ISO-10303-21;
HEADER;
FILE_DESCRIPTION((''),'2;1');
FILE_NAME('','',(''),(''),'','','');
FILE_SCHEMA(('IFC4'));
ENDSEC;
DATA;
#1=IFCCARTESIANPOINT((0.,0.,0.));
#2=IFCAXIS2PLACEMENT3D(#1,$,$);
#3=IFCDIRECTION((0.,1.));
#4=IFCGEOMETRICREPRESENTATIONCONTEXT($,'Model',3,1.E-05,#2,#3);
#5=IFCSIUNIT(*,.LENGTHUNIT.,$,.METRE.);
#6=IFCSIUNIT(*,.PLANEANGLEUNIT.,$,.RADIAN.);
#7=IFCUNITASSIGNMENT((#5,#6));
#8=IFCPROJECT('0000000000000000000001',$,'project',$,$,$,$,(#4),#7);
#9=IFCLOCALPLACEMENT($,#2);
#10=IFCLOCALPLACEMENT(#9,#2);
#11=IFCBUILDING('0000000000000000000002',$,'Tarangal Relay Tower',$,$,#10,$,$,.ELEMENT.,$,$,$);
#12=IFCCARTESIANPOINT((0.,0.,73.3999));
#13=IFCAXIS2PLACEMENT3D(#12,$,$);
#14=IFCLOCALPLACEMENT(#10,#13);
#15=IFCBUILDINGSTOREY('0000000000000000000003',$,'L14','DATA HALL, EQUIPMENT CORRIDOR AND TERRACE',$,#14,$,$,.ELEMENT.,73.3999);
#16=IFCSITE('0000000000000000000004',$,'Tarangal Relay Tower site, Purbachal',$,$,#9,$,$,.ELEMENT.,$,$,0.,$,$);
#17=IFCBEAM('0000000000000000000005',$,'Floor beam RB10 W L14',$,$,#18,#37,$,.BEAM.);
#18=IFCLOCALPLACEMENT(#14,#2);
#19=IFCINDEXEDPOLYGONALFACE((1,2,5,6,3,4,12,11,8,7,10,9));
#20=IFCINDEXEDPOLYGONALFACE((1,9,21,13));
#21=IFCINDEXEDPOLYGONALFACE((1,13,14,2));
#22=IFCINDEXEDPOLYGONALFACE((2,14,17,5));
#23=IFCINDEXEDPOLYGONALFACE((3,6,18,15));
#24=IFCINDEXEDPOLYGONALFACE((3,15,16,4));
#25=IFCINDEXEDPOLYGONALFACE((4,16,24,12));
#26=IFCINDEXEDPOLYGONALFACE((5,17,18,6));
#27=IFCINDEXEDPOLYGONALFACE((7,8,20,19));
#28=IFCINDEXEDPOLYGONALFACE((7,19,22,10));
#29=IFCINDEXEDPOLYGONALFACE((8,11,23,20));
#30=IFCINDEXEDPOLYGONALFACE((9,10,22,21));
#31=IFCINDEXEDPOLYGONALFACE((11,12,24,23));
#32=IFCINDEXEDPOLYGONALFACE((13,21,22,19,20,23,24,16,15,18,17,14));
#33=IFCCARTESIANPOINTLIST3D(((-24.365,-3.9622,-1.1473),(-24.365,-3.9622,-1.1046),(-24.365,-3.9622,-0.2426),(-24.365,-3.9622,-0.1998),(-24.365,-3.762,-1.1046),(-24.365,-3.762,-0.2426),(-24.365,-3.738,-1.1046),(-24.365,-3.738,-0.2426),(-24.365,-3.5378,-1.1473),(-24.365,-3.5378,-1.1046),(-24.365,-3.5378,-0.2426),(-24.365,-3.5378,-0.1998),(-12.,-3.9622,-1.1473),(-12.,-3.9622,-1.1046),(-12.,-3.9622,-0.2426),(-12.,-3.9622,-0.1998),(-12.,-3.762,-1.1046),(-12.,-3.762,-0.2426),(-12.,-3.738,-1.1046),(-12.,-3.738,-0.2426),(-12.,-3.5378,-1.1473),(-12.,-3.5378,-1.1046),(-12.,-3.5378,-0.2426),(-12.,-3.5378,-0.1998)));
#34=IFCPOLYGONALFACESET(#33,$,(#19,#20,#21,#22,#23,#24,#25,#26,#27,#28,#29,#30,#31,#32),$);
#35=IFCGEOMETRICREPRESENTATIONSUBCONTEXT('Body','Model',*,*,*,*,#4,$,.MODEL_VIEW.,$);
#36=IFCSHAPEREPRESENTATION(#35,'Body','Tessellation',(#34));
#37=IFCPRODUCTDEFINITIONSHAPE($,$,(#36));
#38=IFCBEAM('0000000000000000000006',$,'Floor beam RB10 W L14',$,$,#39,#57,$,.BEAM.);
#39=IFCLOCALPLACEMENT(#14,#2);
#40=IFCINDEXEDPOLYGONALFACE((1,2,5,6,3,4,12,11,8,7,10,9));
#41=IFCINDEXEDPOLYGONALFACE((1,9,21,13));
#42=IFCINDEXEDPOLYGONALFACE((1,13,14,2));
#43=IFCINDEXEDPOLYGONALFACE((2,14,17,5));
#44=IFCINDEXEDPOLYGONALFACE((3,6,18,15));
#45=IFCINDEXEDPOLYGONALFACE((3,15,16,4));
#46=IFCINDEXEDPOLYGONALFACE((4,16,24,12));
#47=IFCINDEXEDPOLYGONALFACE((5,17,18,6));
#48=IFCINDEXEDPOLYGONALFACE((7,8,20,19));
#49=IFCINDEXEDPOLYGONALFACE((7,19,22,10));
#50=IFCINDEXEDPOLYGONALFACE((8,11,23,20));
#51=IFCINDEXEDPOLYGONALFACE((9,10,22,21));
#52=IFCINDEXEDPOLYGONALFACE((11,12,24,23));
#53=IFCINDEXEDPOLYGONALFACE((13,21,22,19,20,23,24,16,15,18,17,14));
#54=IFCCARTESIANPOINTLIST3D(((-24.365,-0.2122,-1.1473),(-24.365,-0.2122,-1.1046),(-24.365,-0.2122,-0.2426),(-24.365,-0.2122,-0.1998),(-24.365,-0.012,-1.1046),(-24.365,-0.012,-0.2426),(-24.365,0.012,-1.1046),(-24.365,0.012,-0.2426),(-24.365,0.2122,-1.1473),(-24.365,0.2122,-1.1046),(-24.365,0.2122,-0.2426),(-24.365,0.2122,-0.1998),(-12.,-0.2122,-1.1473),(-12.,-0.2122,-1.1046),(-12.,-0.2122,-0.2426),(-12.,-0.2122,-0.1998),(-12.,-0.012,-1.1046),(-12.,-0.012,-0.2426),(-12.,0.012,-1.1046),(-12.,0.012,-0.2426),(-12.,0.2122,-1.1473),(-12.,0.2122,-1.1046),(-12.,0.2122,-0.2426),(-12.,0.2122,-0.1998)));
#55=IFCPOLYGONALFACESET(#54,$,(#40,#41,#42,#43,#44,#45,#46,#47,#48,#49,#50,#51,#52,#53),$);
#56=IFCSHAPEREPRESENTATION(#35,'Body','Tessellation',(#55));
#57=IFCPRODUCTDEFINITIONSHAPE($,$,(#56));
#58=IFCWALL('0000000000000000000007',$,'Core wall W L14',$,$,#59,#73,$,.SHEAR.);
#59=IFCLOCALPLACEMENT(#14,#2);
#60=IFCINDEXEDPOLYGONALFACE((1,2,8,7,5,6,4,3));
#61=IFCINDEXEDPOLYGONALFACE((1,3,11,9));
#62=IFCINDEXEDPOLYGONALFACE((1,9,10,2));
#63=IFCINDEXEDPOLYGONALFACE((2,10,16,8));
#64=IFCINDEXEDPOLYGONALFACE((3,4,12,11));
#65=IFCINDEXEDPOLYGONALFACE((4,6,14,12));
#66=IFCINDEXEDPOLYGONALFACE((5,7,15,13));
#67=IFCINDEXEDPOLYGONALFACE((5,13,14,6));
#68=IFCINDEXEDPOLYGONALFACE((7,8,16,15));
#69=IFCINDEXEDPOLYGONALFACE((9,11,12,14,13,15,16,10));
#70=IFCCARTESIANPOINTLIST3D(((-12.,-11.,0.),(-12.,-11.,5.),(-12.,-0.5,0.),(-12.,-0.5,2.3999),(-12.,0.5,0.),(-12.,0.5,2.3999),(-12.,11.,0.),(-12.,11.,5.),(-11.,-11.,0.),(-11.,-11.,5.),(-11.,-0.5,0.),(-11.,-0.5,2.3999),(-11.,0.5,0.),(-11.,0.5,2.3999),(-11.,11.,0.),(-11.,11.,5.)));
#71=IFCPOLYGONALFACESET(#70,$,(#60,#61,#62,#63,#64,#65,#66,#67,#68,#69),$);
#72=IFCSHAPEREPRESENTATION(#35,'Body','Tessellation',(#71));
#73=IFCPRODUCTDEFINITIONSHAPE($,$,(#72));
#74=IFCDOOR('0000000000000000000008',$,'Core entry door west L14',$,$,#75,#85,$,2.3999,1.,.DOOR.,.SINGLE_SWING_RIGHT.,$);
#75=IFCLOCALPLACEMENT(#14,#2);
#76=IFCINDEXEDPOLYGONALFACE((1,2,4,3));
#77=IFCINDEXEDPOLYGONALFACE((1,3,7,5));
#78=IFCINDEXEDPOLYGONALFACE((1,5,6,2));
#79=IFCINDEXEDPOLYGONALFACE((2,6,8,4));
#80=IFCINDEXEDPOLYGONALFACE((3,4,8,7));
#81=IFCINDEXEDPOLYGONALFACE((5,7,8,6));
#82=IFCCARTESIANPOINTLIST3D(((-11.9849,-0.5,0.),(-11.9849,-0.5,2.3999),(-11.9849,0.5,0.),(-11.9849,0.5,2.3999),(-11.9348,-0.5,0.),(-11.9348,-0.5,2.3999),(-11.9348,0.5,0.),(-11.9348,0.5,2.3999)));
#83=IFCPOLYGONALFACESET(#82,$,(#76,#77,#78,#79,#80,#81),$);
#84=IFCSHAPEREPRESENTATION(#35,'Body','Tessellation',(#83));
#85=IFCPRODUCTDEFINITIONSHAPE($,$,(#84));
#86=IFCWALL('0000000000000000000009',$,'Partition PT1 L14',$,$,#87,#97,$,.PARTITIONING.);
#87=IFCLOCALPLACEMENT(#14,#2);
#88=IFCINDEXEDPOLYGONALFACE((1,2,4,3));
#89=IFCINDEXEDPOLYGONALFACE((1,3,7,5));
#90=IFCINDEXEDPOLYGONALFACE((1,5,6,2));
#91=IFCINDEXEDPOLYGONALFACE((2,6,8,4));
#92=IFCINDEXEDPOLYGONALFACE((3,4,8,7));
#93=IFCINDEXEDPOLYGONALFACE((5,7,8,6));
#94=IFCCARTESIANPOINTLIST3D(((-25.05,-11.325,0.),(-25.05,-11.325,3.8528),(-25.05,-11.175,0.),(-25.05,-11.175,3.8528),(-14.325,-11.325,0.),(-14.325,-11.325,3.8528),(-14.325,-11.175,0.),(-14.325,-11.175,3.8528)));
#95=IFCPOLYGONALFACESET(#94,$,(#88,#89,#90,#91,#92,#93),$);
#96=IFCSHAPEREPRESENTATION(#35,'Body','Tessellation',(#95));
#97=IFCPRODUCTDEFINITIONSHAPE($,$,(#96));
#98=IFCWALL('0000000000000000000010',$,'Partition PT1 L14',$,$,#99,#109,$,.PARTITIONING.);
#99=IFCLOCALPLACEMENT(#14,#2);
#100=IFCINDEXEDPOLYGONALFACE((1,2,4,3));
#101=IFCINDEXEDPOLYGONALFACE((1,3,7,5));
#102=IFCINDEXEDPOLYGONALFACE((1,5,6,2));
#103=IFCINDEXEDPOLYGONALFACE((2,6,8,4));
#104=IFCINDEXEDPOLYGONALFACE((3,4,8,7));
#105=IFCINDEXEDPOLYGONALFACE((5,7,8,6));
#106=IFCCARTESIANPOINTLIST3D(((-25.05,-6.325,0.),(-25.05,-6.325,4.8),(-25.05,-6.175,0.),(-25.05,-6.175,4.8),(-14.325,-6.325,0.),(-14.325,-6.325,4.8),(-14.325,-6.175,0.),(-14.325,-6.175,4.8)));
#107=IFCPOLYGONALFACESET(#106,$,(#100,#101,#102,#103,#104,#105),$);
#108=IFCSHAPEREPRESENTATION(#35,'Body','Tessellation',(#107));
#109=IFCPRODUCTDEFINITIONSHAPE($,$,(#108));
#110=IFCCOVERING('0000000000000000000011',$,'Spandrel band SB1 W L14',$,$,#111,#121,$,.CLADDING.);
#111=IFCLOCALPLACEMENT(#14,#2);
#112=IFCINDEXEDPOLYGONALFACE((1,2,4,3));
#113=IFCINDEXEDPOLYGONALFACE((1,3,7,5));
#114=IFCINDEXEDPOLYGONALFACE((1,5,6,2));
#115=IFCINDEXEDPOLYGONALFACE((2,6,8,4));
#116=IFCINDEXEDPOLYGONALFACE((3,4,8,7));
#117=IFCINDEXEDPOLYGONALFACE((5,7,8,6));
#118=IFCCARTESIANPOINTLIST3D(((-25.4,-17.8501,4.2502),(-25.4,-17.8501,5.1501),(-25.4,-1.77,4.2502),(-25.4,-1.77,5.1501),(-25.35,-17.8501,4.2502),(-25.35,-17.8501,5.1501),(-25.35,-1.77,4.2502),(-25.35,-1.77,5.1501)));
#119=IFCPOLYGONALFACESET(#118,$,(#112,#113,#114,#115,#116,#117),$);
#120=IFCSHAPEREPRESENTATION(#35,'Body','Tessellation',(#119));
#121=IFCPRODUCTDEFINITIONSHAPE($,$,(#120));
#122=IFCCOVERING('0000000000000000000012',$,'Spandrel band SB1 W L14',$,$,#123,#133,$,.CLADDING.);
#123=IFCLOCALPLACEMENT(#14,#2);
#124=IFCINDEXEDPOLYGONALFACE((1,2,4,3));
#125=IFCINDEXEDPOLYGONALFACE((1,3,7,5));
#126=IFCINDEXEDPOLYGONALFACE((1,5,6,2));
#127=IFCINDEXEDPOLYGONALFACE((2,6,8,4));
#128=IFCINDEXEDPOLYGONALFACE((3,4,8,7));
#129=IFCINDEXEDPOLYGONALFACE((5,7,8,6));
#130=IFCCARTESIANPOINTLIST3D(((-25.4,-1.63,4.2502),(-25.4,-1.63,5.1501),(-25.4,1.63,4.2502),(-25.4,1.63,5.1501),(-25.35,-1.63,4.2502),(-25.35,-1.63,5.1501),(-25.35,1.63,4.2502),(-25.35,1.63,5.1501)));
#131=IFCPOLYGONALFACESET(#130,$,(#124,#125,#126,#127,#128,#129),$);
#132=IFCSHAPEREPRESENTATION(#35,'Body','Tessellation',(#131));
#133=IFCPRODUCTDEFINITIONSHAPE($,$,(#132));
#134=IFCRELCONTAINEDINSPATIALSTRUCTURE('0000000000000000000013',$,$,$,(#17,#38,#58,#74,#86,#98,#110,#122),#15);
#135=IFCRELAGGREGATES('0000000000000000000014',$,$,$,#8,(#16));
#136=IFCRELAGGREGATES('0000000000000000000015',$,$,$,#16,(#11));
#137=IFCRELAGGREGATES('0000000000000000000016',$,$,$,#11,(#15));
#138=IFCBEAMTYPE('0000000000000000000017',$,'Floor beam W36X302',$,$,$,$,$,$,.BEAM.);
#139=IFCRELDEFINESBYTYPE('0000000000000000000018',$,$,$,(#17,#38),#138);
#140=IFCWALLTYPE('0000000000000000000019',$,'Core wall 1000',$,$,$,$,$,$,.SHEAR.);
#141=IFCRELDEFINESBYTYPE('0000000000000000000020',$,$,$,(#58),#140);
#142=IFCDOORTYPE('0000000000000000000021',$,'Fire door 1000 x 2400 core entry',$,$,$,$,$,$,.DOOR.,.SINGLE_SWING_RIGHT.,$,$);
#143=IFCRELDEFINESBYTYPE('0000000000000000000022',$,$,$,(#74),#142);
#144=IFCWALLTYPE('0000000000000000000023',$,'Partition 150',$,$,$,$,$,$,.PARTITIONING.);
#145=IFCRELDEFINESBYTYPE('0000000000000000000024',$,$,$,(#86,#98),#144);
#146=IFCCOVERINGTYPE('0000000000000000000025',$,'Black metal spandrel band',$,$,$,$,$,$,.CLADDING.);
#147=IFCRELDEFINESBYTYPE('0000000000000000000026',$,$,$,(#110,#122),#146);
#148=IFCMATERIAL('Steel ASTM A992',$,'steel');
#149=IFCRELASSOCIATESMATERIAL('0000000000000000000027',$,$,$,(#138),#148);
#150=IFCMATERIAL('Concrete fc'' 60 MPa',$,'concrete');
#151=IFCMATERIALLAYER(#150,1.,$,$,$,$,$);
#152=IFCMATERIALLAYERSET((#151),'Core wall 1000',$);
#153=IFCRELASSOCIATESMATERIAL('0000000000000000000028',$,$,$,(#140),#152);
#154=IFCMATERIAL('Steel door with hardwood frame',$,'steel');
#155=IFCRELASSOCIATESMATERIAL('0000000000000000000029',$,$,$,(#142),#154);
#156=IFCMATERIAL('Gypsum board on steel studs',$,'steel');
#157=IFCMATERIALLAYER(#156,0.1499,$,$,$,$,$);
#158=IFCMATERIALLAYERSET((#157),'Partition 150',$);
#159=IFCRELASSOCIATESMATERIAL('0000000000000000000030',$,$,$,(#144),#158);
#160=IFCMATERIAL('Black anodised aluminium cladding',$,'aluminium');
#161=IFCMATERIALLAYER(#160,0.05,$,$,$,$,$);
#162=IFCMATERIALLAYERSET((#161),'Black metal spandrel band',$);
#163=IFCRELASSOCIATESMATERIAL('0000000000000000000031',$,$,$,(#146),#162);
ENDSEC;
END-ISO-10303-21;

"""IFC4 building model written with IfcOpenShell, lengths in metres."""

from ifc_helpers import new_model, si_unit, direction, frame, frame_2d, origin, origin_2d, place, context, subcontext, project, spatial, rectangle, i_section, extrude, material, layer, layer_set, material_profile, profile_set, type_object, element, fill, save


model = new_model("IFC4")

# Units and contexts
model_context = context("Model", 3, precision=1e-05, world=origin(), true_north=direction((0.0, 1.0)))
body_context = subcontext(model_context, "Body", "Model", "MODEL_VIEW")
ifc_project = project(units=[si_unit("LENGTHUNIT", "METRE"), si_unit("PLANEANGLEUNIT", "RADIAN")], contexts=[model_context])

# Site, building, storey
site_placement = place(None, origin())
site = spatial("IfcSite", under=ifc_project, at=site_placement, Name="Tarangal Relay Tower site, Purbachal", CompositionType="ELEMENT", RefElevation=0.0)
building_placement = place(site_placement, origin())
building = spatial("IfcBuilding", under=site, at=building_placement, Name="Tarangal Relay Tower", CompositionType="ELEMENT")
storey_placement = place(building_placement, frame((0.0, 0.0, 73.3999)))
storey = spatial("IfcBuildingStorey", under=building, at=storey_placement, Name="L14", Description="DATA HALL, EQUIPMENT CORRIDOR AND TERRACE", CompositionType="ELEMENT", Elevation=73.3999)

# Beams
ifc_material_1 = material(Name="Steel ASTM A992", Category="steel")
ifc_material_profile_1 = material_profile(ifc_material_1, i_section(OverallWidth=0.4243, OverallDepth=0.9475, WebThickness=0.0239, FlangeThickness=0.0427, at=origin_2d()), Name="W36X302")
ifc_profile_set_1 = profile_set([ifc_material_profile_1], Name="Steel ASTM A992")
beam_type_1 = type_object("IfcBeamType", Name="Floor beam W36X302", PredefinedType="BEAM", material=ifc_profile_set_1)
for number, where, z_axis, x_axis, name in (
    (1, (-12.0, -3.75, -0.6736), (-1.0, 0.0, 0.0), (0.0, -1.0, 0.0), "Floor beam RB10 W L14"),
    (2, (-12.0, 0.0, -0.6736), (-1.0, 0.0, 0.0), (0.0, -1.0, 0.0), "Floor beam RB10 W L14"),
):
    element("IfcBeam", number, at=place(storey_placement, frame(where, z_axis=z_axis, x_axis=x_axis)), inside=storey, type_object=beam_type_1, Name=name, PredefinedType="BEAM", context=body_context, shape_type="SweptSolid", body=[
        extrude(i_section(OverallWidth=0.4243, OverallDepth=0.9475, WebThickness=0.0239, FlangeThickness=0.0427, at=origin_2d()), origin(), (0.0, 0.0, 1.0), 12.365),
    ])

# Wall, opening, door
ifc_material_2 = material(Name="Concrete fc' 60 MPa", Category="concrete")
ifc_layer_1 = layer(ifc_material_2, 1.0)
ifc_layer_set_1 = layer_set([ifc_layer_1], Name="Core wall 1000")
wall_type_1 = type_object("IfcWallType", Name="Core wall 1000", PredefinedType="SHEAR", material=ifc_layer_set_1)
wall_1_placement = place(storey_placement, frame((-11.5, -11.0, 0.0), z_axis=(0.0, 0.0, 1.0), x_axis=(0.0, 1.0, 0.0)))
wall_1 = element("IfcWall", 3, at=wall_1_placement, inside=storey, type_object=wall_type_1, Name="Core wall W L14", PredefinedType="SHEAR", context=body_context, shape_type="SweptSolid", body=[
    extrude(rectangle(XDim=22.0, YDim=1.0, at=frame_2d((11.0, 0.0))), origin(), (0.0, 0.0, 1.0), 5.0),
])
opening_placement = place(wall_1_placement, frame((10.5, 0.0, 0.0)))
opening = element("IfcOpeningElement", 4, at=opening_placement, cuts=wall_1, PredefinedType="OPENING", context=body_context, shape_type="SweptSolid", body=[
    extrude(rectangle(XDim=1.0, YDim=2.3999, at=frame_2d((0.5, 1.2))), frame((0.0, 0.51, 0.0), z_axis=(0.0, -1.0, 0.0), x_axis=(1.0, 0.0, 0.0)), (0.0, 0.0, 1.0), 1.02),
])
ifc_material_3 = material(Name="Steel door with hardwood frame", Category="steel")
door_type = type_object("IfcDoorType", Name="Fire door 1000 x 2400 core entry", OperationType="SINGLE_SWING_RIGHT", PredefinedType="DOOR", material=ifc_material_3)
door_placement = place(opening_placement, origin())
door = element("IfcDoor", 5, at=door_placement, inside=storey, type_object=door_type, Name="Core entry door west L14", OperationType="SINGLE_SWING_RIGHT", OverallHeight=2.3999, OverallWidth=1.0, PredefinedType="DOOR", context=body_context, shape_type="SweptSolid", body=[
    extrude(rectangle(XDim=1.0, YDim=2.3999, at=frame_2d((0.5, 1.2))), frame((0.0, 0.4849, 0.0), z_axis=(0.0, -1.0, 0.0), x_axis=(1.0, 0.0, 0.0)), (0.0, 0.0, 1.0), 0.05),
])
fill(opening, door)

# Walls
ifc_material_4 = material(Name="Gypsum board on steel studs", Category="steel")
ifc_layer_2 = layer(ifc_material_4, 0.1499)
ifc_layer_set_2 = layer_set([ifc_layer_2], Name="Partition 150")
wall_type_2 = type_object("IfcWallType", Name="Partition 150", PredefinedType="PARTITIONING", material=ifc_layer_set_2)
wall_2_placement = place(storey_placement, frame((-25.05, -11.25, 0.0), z_axis=(0.0, 0.0, 1.0), x_axis=(1.0, 0.0, 0.0)))
element("IfcWall", 6, at=wall_2_placement, inside=storey, type_object=wall_type_2, Name="Partition PT1 L14", PredefinedType="PARTITIONING", context=body_context, shape_type="SweptSolid", body=[
    extrude(rectangle(XDim=10.7251, YDim=0.1499, at=frame_2d((5.3625, 0.0))), origin(), (0.0, 0.0, 1.0), 3.8528),
])
wall_3_placement = place(storey_placement, frame((-25.05, -6.25, 0.0), z_axis=(0.0, 0.0, 1.0), x_axis=(1.0, 0.0, 0.0)))
element("IfcWall", 7, at=wall_3_placement, inside=storey, type_object=wall_type_2, Name="Partition PT1 L14", PredefinedType="PARTITIONING", context=body_context, shape_type="SweptSolid", body=[
    extrude(rectangle(XDim=10.7251, YDim=0.1499, at=frame_2d((5.3625, 0.0))), origin(), (0.0, 0.0, 1.0), 4.8),
])

# Coverings
ifc_material_5 = material(Name="Black anodised aluminium cladding", Category="aluminium")
ifc_layer_3 = layer(ifc_material_5, 0.05)
ifc_layer_set_3 = layer_set([ifc_layer_3], Name="Black metal spandrel band")
covering_type = type_object("IfcCoveringType", Name="Black metal spandrel band", PredefinedType="CLADDING", material=ifc_layer_set_3)
covering_1_placement = place(storey_placement, frame((-25.375, -9.8101, 4.2502), z_axis=(0.0, 0.0, 1.0), x_axis=(0.0, 1.0, 0.0)))
element("IfcCovering", 8, at=covering_1_placement, inside=storey, type_object=covering_type, Name="Spandrel band SB1 W L14", PredefinedType="CLADDING", context=body_context, shape_type="SweptSolid", body=[
    extrude(rectangle(XDim=16.0801, YDim=0.05, at=origin_2d()), origin(), (0.0, 0.0, 1.0), 0.8999),
])
covering_2_placement = place(storey_placement, frame((-25.375, 0.0, 4.2502), z_axis=(0.0, 0.0, 1.0), x_axis=(0.0, 1.0, 0.0)))
element("IfcCovering", 9, at=covering_2_placement, inside=storey, type_object=covering_type, Name="Spandrel band SB1 W L14", PredefinedType="CLADDING", context=body_context, shape_type="SweptSolid", body=[
    extrude(rectangle(XDim=3.26, YDim=0.05, at=origin_2d()), origin(), (0.0, 0.0, 1.0), 0.8999),
])

save(model, "model.ifc")
